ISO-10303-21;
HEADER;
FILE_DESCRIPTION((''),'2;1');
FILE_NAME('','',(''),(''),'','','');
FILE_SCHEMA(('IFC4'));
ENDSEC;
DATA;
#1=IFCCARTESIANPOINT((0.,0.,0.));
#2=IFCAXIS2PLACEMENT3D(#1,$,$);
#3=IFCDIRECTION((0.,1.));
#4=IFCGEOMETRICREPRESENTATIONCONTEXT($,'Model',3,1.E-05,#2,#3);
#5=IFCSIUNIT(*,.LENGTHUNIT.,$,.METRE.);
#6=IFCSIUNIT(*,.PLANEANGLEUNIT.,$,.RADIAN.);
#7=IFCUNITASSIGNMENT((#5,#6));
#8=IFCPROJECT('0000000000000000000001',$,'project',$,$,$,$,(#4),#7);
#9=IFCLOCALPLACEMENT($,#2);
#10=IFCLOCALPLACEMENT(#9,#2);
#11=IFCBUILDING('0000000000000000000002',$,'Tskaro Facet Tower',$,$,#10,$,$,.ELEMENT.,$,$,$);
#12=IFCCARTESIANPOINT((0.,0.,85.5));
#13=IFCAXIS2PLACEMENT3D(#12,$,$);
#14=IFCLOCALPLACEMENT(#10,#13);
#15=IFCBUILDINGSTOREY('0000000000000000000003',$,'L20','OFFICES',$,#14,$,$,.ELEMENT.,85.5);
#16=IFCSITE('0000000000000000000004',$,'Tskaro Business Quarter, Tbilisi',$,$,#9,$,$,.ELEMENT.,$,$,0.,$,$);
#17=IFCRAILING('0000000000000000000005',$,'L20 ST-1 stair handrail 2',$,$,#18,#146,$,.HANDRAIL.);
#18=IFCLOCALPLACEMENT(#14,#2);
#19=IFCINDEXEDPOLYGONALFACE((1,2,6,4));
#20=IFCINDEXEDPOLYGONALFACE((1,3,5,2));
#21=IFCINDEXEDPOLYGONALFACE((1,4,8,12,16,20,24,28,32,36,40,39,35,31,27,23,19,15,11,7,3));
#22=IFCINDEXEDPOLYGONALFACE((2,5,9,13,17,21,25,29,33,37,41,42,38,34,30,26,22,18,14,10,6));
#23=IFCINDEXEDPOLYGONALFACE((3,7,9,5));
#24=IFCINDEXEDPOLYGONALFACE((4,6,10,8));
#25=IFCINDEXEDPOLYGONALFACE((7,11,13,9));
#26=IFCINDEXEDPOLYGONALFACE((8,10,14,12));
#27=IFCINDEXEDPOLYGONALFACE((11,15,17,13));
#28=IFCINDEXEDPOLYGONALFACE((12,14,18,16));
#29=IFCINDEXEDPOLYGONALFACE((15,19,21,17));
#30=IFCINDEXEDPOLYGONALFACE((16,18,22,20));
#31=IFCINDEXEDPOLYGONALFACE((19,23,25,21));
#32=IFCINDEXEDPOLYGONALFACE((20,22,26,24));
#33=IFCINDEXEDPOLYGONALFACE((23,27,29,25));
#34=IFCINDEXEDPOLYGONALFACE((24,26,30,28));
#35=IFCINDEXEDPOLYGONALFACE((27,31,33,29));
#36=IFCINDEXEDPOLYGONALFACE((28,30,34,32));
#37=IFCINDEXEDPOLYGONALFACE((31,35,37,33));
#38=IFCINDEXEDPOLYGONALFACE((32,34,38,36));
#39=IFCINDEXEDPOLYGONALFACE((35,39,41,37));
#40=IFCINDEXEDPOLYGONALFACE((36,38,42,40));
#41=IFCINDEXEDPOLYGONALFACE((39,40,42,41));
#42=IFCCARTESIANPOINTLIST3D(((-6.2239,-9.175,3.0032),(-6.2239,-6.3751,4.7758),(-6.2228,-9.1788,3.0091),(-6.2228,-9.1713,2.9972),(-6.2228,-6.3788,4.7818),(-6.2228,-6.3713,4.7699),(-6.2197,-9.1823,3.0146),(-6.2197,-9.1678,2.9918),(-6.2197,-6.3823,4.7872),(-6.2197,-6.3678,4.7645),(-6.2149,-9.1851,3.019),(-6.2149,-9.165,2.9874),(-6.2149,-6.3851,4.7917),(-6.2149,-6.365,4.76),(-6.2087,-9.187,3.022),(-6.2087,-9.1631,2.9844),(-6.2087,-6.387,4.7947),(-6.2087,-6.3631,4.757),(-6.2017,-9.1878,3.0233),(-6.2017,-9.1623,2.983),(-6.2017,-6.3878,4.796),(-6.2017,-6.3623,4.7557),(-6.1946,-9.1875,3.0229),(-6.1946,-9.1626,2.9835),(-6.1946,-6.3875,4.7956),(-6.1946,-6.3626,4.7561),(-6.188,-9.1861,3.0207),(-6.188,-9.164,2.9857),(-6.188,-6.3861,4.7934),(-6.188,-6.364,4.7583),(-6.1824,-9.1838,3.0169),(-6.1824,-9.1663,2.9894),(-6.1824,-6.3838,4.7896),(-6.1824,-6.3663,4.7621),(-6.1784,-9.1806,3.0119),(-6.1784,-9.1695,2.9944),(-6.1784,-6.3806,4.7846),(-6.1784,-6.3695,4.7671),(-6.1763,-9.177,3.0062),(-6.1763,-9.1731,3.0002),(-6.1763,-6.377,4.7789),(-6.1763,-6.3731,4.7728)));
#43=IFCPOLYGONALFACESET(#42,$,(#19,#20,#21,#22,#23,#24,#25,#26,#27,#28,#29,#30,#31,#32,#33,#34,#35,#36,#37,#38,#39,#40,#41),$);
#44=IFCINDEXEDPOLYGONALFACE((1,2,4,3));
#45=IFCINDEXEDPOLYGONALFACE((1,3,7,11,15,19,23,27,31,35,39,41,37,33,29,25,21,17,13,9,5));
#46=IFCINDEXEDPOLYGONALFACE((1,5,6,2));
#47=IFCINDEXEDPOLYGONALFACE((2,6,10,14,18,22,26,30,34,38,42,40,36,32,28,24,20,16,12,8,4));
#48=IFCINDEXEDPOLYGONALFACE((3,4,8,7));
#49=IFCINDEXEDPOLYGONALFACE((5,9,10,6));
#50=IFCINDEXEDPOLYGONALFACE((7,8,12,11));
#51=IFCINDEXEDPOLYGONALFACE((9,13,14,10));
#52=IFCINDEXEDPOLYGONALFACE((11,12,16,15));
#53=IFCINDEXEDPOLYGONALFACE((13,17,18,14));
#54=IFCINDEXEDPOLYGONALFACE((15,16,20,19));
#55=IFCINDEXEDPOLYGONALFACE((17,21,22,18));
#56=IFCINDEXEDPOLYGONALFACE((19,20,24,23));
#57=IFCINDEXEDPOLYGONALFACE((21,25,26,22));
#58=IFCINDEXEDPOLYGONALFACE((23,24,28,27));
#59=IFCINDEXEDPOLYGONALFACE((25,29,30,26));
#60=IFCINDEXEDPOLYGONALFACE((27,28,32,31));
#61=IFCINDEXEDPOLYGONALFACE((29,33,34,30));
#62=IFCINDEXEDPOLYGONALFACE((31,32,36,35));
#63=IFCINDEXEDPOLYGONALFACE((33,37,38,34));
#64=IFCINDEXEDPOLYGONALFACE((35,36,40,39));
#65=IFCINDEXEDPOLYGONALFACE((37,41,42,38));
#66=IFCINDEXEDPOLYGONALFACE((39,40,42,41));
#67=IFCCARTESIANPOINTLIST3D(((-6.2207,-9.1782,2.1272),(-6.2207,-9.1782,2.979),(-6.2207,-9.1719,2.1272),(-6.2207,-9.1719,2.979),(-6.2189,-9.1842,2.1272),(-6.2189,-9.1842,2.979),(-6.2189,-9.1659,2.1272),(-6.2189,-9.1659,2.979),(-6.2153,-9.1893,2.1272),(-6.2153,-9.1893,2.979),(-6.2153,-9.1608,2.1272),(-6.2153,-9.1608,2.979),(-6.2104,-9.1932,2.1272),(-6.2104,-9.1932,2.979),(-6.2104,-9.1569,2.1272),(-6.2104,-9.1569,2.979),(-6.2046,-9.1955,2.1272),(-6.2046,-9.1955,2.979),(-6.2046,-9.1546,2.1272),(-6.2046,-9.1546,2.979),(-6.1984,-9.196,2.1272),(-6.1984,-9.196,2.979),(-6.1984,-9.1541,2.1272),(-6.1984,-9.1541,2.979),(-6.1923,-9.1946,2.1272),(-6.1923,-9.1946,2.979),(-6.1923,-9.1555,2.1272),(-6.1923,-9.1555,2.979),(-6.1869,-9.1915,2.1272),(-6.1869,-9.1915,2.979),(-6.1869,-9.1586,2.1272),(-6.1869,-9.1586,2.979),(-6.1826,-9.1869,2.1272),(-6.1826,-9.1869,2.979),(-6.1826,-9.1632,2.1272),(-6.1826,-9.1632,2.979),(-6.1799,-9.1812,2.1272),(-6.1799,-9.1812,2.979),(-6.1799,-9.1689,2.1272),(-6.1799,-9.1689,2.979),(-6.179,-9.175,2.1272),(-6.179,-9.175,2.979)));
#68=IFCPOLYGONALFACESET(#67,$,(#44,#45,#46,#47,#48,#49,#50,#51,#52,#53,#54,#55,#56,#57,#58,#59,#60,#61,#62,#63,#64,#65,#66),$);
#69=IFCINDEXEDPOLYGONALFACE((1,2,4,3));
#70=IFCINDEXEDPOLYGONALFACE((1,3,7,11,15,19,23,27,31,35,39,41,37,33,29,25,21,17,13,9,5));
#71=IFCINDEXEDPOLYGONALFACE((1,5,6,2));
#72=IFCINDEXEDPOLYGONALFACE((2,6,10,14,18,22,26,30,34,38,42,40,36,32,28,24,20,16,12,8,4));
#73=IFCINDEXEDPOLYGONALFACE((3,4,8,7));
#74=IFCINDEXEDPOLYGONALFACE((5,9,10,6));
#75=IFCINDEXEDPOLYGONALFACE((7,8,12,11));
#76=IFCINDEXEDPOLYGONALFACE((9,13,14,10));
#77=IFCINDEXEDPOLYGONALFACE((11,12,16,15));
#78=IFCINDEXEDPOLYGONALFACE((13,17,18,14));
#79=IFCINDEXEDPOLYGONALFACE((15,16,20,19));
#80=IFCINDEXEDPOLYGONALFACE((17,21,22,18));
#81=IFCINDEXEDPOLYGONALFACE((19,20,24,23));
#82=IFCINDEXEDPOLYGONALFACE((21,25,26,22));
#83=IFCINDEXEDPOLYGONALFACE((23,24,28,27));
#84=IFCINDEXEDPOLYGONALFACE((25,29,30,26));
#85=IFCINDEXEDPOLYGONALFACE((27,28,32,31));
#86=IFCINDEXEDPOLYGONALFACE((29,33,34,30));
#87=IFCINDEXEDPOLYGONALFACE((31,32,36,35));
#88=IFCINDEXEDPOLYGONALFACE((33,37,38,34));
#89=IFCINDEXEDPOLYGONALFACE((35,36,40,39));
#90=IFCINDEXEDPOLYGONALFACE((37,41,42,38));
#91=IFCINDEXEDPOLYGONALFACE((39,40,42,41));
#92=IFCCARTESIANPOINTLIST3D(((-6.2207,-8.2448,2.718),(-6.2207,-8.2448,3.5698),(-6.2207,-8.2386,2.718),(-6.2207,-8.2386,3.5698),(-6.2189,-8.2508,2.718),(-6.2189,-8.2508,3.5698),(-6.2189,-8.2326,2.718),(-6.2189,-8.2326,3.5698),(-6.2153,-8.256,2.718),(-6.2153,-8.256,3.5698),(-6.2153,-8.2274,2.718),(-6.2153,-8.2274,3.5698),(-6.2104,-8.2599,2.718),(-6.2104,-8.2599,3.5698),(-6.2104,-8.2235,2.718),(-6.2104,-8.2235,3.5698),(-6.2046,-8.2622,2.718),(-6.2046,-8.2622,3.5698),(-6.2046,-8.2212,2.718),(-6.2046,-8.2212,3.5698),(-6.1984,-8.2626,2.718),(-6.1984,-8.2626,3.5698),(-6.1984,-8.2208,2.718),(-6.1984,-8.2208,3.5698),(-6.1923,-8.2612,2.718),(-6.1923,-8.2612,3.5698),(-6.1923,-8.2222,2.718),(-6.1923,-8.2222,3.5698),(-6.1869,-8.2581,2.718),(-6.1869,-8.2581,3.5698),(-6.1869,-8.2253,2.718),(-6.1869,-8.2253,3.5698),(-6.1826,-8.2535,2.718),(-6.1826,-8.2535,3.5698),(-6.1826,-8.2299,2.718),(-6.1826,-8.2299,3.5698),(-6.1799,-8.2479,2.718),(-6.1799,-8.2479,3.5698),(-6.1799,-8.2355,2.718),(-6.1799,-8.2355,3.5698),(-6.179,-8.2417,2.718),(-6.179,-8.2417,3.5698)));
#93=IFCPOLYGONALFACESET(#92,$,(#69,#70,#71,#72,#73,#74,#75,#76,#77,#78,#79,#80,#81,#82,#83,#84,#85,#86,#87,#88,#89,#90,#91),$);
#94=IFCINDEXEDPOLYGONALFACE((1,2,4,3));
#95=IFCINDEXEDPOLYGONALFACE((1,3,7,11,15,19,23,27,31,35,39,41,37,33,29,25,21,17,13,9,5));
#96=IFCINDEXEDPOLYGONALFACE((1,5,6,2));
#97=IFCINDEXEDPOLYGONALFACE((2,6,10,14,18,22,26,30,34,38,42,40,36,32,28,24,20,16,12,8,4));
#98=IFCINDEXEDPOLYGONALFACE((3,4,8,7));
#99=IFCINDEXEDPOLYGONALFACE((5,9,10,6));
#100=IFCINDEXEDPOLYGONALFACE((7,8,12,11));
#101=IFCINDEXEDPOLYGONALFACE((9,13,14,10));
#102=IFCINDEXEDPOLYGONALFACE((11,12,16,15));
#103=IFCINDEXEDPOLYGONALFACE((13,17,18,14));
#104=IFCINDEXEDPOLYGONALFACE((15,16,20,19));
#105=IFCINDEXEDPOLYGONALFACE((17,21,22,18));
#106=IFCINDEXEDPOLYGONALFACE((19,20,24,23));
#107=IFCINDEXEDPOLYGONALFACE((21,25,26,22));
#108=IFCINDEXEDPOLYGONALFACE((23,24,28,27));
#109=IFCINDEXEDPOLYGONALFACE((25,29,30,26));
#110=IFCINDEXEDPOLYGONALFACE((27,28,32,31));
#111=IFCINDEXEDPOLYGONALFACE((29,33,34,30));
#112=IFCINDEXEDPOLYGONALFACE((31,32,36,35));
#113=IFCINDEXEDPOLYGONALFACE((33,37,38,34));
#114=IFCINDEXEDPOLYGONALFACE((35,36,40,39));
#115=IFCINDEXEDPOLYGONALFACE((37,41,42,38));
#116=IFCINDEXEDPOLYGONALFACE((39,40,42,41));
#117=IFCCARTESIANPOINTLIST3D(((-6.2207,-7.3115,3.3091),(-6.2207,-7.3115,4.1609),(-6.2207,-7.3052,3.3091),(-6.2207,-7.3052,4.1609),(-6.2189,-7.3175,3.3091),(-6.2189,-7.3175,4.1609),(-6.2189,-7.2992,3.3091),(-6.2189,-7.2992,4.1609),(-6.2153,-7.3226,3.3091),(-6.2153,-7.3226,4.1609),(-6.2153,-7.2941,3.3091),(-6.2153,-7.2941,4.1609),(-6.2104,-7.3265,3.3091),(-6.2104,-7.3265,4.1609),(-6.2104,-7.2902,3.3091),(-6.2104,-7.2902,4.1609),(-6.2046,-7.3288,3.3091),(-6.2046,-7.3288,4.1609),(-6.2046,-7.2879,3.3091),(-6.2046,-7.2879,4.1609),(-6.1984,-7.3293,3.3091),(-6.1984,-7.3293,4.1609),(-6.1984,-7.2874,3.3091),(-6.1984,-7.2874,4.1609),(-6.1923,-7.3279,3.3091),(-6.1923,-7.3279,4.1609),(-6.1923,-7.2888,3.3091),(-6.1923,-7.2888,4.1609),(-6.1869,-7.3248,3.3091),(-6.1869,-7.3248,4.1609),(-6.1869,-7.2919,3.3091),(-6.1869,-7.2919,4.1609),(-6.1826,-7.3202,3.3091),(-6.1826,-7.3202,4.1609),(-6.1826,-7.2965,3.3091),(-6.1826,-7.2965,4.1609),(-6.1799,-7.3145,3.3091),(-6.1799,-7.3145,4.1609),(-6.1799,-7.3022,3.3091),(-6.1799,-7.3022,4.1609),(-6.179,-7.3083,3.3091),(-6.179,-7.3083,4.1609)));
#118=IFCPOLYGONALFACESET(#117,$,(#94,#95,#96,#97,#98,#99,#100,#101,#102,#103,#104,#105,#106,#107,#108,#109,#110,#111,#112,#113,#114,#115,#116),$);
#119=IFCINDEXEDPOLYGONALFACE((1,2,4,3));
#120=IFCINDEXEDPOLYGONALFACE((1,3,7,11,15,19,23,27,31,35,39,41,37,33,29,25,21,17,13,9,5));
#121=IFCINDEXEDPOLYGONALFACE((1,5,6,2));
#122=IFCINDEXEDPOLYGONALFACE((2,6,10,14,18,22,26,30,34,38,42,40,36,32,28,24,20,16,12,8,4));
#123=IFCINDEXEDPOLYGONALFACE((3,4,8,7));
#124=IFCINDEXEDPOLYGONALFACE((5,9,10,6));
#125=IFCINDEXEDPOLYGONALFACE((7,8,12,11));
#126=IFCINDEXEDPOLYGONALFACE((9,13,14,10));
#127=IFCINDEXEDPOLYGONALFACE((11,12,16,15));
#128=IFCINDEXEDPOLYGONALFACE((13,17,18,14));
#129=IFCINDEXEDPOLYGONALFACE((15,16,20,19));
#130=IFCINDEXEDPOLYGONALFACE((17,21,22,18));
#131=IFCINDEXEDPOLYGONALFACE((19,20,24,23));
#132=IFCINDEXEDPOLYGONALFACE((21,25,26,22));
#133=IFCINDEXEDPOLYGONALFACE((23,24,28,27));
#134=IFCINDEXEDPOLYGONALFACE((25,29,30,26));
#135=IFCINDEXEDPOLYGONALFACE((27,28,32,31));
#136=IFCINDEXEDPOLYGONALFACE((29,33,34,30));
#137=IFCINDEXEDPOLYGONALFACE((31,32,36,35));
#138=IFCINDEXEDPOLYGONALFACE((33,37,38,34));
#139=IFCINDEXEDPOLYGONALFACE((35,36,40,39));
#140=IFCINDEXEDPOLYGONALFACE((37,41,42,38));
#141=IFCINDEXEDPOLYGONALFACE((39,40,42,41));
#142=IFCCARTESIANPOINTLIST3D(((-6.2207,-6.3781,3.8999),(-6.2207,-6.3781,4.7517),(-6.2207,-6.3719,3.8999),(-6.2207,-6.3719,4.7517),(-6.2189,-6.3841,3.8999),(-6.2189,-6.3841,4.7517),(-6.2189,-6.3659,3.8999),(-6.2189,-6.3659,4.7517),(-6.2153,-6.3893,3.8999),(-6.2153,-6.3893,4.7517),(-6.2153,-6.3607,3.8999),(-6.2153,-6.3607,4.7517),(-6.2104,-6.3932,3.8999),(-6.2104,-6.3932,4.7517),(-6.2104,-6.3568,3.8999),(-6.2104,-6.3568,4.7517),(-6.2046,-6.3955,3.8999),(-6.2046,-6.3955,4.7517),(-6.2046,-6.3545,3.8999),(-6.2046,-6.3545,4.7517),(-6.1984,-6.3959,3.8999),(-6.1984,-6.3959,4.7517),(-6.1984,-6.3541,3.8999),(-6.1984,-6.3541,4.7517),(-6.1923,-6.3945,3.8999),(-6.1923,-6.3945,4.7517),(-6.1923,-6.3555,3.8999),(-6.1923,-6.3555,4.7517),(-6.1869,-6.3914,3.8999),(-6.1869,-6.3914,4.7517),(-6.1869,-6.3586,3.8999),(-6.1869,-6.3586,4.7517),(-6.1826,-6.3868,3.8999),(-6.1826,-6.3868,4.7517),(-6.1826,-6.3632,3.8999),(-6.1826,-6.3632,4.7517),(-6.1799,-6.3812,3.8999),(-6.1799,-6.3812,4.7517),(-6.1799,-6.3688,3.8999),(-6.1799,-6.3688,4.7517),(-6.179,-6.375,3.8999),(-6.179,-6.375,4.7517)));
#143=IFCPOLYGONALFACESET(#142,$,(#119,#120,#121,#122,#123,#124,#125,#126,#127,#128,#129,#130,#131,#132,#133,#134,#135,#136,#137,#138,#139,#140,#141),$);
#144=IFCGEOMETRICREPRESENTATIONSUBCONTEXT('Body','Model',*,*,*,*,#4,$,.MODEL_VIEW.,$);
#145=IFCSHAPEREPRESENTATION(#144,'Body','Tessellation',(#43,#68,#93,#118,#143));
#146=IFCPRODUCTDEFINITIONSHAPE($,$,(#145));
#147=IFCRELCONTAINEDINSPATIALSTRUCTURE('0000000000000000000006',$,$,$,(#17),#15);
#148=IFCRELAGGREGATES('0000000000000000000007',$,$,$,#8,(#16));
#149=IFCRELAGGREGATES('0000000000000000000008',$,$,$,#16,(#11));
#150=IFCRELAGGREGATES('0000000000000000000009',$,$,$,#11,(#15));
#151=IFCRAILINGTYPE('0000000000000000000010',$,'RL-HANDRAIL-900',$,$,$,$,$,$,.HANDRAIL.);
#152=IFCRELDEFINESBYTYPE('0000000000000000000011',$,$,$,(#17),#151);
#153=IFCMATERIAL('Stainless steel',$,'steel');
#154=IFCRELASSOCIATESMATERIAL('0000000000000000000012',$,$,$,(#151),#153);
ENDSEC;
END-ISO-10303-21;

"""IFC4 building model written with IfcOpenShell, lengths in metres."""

from ifc_helpers import new_model, si_unit, direction, frame, origin, origin_2d, place, context, subcontext, project, spatial, circle, extrude, material, type_object, element, save


model = new_model("IFC4")

# Units and contexts
model_context = context("Model", 3, precision=1e-05, world=origin(), true_north=direction((0.0, 1.0)))
body_context = subcontext(model_context, "Body", "Model", "MODEL_VIEW")
ifc_project = project(units=[si_unit("LENGTHUNIT", "METRE"), si_unit("PLANEANGLEUNIT", "RADIAN")], contexts=[model_context])

# Site, building, storey
site_placement = place(None, origin())
site = spatial("IfcSite", under=ifc_project, at=site_placement, Name="Tskaro Business Quarter, Tbilisi", CompositionType="ELEMENT", RefElevation=0.0)
building_placement = place(site_placement, origin())
building = spatial("IfcBuilding", under=site, at=building_placement, Name="Tskaro Facet Tower", CompositionType="ELEMENT")
storey_placement = place(building_placement, frame((0.0, 0.0, 85.5)))
storey = spatial("IfcBuildingStorey", under=building, at=storey_placement, Name="L20", Description="OFFICES", CompositionType="ELEMENT", Elevation=85.5)

# Shared definitions
ifc_material_1 = material(Name="Stainless steel", Category="steel")

# Railing
railing_type_1 = type_object("IfcRailingType", Name="RL-HANDRAIL-900", PredefinedType="HANDRAIL", material=ifc_material_1)
railing_1_placement = place(storey_placement, frame((-6.2, -9.175, 2.1272)))
element("IfcRailing", 1, at=railing_1_placement, inside=storey, type_object=railing_type_1, Name="L20 ST-1 stair handrail 2", PredefinedType="HANDRAIL", context=body_context, shape_type="SweptSolid", body=[
    extrude(circle(Radius=0.0239, at=origin_2d()), frame((0.0, 0.0, 0.876), z_axis=(0.0, 0.844909, 0.53491), x_axis=(-1.0, 0.0, 0.0)), (0.0, 0.0, 1.0), 3.314),
    extrude(circle(Radius=0.021, at=origin_2d()), origin(), (0.0, 0.0, 1.0), 0.8518),
    extrude(circle(Radius=0.021, at=origin_2d()), frame((0.0, 0.9333, 0.5908)), (0.0, 0.0, 1.0), 0.8518),
    extrude(circle(Radius=0.021, at=origin_2d()), frame((0.0, 1.8667, 1.1819)), (0.0, 0.0, 1.0), 0.8518),
    extrude(circle(Radius=0.021, at=origin_2d()), frame((0.0, 2.8, 1.7727)), (0.0, 0.0, 1.0), 0.8518),
])

save(model, "model.ifc")
